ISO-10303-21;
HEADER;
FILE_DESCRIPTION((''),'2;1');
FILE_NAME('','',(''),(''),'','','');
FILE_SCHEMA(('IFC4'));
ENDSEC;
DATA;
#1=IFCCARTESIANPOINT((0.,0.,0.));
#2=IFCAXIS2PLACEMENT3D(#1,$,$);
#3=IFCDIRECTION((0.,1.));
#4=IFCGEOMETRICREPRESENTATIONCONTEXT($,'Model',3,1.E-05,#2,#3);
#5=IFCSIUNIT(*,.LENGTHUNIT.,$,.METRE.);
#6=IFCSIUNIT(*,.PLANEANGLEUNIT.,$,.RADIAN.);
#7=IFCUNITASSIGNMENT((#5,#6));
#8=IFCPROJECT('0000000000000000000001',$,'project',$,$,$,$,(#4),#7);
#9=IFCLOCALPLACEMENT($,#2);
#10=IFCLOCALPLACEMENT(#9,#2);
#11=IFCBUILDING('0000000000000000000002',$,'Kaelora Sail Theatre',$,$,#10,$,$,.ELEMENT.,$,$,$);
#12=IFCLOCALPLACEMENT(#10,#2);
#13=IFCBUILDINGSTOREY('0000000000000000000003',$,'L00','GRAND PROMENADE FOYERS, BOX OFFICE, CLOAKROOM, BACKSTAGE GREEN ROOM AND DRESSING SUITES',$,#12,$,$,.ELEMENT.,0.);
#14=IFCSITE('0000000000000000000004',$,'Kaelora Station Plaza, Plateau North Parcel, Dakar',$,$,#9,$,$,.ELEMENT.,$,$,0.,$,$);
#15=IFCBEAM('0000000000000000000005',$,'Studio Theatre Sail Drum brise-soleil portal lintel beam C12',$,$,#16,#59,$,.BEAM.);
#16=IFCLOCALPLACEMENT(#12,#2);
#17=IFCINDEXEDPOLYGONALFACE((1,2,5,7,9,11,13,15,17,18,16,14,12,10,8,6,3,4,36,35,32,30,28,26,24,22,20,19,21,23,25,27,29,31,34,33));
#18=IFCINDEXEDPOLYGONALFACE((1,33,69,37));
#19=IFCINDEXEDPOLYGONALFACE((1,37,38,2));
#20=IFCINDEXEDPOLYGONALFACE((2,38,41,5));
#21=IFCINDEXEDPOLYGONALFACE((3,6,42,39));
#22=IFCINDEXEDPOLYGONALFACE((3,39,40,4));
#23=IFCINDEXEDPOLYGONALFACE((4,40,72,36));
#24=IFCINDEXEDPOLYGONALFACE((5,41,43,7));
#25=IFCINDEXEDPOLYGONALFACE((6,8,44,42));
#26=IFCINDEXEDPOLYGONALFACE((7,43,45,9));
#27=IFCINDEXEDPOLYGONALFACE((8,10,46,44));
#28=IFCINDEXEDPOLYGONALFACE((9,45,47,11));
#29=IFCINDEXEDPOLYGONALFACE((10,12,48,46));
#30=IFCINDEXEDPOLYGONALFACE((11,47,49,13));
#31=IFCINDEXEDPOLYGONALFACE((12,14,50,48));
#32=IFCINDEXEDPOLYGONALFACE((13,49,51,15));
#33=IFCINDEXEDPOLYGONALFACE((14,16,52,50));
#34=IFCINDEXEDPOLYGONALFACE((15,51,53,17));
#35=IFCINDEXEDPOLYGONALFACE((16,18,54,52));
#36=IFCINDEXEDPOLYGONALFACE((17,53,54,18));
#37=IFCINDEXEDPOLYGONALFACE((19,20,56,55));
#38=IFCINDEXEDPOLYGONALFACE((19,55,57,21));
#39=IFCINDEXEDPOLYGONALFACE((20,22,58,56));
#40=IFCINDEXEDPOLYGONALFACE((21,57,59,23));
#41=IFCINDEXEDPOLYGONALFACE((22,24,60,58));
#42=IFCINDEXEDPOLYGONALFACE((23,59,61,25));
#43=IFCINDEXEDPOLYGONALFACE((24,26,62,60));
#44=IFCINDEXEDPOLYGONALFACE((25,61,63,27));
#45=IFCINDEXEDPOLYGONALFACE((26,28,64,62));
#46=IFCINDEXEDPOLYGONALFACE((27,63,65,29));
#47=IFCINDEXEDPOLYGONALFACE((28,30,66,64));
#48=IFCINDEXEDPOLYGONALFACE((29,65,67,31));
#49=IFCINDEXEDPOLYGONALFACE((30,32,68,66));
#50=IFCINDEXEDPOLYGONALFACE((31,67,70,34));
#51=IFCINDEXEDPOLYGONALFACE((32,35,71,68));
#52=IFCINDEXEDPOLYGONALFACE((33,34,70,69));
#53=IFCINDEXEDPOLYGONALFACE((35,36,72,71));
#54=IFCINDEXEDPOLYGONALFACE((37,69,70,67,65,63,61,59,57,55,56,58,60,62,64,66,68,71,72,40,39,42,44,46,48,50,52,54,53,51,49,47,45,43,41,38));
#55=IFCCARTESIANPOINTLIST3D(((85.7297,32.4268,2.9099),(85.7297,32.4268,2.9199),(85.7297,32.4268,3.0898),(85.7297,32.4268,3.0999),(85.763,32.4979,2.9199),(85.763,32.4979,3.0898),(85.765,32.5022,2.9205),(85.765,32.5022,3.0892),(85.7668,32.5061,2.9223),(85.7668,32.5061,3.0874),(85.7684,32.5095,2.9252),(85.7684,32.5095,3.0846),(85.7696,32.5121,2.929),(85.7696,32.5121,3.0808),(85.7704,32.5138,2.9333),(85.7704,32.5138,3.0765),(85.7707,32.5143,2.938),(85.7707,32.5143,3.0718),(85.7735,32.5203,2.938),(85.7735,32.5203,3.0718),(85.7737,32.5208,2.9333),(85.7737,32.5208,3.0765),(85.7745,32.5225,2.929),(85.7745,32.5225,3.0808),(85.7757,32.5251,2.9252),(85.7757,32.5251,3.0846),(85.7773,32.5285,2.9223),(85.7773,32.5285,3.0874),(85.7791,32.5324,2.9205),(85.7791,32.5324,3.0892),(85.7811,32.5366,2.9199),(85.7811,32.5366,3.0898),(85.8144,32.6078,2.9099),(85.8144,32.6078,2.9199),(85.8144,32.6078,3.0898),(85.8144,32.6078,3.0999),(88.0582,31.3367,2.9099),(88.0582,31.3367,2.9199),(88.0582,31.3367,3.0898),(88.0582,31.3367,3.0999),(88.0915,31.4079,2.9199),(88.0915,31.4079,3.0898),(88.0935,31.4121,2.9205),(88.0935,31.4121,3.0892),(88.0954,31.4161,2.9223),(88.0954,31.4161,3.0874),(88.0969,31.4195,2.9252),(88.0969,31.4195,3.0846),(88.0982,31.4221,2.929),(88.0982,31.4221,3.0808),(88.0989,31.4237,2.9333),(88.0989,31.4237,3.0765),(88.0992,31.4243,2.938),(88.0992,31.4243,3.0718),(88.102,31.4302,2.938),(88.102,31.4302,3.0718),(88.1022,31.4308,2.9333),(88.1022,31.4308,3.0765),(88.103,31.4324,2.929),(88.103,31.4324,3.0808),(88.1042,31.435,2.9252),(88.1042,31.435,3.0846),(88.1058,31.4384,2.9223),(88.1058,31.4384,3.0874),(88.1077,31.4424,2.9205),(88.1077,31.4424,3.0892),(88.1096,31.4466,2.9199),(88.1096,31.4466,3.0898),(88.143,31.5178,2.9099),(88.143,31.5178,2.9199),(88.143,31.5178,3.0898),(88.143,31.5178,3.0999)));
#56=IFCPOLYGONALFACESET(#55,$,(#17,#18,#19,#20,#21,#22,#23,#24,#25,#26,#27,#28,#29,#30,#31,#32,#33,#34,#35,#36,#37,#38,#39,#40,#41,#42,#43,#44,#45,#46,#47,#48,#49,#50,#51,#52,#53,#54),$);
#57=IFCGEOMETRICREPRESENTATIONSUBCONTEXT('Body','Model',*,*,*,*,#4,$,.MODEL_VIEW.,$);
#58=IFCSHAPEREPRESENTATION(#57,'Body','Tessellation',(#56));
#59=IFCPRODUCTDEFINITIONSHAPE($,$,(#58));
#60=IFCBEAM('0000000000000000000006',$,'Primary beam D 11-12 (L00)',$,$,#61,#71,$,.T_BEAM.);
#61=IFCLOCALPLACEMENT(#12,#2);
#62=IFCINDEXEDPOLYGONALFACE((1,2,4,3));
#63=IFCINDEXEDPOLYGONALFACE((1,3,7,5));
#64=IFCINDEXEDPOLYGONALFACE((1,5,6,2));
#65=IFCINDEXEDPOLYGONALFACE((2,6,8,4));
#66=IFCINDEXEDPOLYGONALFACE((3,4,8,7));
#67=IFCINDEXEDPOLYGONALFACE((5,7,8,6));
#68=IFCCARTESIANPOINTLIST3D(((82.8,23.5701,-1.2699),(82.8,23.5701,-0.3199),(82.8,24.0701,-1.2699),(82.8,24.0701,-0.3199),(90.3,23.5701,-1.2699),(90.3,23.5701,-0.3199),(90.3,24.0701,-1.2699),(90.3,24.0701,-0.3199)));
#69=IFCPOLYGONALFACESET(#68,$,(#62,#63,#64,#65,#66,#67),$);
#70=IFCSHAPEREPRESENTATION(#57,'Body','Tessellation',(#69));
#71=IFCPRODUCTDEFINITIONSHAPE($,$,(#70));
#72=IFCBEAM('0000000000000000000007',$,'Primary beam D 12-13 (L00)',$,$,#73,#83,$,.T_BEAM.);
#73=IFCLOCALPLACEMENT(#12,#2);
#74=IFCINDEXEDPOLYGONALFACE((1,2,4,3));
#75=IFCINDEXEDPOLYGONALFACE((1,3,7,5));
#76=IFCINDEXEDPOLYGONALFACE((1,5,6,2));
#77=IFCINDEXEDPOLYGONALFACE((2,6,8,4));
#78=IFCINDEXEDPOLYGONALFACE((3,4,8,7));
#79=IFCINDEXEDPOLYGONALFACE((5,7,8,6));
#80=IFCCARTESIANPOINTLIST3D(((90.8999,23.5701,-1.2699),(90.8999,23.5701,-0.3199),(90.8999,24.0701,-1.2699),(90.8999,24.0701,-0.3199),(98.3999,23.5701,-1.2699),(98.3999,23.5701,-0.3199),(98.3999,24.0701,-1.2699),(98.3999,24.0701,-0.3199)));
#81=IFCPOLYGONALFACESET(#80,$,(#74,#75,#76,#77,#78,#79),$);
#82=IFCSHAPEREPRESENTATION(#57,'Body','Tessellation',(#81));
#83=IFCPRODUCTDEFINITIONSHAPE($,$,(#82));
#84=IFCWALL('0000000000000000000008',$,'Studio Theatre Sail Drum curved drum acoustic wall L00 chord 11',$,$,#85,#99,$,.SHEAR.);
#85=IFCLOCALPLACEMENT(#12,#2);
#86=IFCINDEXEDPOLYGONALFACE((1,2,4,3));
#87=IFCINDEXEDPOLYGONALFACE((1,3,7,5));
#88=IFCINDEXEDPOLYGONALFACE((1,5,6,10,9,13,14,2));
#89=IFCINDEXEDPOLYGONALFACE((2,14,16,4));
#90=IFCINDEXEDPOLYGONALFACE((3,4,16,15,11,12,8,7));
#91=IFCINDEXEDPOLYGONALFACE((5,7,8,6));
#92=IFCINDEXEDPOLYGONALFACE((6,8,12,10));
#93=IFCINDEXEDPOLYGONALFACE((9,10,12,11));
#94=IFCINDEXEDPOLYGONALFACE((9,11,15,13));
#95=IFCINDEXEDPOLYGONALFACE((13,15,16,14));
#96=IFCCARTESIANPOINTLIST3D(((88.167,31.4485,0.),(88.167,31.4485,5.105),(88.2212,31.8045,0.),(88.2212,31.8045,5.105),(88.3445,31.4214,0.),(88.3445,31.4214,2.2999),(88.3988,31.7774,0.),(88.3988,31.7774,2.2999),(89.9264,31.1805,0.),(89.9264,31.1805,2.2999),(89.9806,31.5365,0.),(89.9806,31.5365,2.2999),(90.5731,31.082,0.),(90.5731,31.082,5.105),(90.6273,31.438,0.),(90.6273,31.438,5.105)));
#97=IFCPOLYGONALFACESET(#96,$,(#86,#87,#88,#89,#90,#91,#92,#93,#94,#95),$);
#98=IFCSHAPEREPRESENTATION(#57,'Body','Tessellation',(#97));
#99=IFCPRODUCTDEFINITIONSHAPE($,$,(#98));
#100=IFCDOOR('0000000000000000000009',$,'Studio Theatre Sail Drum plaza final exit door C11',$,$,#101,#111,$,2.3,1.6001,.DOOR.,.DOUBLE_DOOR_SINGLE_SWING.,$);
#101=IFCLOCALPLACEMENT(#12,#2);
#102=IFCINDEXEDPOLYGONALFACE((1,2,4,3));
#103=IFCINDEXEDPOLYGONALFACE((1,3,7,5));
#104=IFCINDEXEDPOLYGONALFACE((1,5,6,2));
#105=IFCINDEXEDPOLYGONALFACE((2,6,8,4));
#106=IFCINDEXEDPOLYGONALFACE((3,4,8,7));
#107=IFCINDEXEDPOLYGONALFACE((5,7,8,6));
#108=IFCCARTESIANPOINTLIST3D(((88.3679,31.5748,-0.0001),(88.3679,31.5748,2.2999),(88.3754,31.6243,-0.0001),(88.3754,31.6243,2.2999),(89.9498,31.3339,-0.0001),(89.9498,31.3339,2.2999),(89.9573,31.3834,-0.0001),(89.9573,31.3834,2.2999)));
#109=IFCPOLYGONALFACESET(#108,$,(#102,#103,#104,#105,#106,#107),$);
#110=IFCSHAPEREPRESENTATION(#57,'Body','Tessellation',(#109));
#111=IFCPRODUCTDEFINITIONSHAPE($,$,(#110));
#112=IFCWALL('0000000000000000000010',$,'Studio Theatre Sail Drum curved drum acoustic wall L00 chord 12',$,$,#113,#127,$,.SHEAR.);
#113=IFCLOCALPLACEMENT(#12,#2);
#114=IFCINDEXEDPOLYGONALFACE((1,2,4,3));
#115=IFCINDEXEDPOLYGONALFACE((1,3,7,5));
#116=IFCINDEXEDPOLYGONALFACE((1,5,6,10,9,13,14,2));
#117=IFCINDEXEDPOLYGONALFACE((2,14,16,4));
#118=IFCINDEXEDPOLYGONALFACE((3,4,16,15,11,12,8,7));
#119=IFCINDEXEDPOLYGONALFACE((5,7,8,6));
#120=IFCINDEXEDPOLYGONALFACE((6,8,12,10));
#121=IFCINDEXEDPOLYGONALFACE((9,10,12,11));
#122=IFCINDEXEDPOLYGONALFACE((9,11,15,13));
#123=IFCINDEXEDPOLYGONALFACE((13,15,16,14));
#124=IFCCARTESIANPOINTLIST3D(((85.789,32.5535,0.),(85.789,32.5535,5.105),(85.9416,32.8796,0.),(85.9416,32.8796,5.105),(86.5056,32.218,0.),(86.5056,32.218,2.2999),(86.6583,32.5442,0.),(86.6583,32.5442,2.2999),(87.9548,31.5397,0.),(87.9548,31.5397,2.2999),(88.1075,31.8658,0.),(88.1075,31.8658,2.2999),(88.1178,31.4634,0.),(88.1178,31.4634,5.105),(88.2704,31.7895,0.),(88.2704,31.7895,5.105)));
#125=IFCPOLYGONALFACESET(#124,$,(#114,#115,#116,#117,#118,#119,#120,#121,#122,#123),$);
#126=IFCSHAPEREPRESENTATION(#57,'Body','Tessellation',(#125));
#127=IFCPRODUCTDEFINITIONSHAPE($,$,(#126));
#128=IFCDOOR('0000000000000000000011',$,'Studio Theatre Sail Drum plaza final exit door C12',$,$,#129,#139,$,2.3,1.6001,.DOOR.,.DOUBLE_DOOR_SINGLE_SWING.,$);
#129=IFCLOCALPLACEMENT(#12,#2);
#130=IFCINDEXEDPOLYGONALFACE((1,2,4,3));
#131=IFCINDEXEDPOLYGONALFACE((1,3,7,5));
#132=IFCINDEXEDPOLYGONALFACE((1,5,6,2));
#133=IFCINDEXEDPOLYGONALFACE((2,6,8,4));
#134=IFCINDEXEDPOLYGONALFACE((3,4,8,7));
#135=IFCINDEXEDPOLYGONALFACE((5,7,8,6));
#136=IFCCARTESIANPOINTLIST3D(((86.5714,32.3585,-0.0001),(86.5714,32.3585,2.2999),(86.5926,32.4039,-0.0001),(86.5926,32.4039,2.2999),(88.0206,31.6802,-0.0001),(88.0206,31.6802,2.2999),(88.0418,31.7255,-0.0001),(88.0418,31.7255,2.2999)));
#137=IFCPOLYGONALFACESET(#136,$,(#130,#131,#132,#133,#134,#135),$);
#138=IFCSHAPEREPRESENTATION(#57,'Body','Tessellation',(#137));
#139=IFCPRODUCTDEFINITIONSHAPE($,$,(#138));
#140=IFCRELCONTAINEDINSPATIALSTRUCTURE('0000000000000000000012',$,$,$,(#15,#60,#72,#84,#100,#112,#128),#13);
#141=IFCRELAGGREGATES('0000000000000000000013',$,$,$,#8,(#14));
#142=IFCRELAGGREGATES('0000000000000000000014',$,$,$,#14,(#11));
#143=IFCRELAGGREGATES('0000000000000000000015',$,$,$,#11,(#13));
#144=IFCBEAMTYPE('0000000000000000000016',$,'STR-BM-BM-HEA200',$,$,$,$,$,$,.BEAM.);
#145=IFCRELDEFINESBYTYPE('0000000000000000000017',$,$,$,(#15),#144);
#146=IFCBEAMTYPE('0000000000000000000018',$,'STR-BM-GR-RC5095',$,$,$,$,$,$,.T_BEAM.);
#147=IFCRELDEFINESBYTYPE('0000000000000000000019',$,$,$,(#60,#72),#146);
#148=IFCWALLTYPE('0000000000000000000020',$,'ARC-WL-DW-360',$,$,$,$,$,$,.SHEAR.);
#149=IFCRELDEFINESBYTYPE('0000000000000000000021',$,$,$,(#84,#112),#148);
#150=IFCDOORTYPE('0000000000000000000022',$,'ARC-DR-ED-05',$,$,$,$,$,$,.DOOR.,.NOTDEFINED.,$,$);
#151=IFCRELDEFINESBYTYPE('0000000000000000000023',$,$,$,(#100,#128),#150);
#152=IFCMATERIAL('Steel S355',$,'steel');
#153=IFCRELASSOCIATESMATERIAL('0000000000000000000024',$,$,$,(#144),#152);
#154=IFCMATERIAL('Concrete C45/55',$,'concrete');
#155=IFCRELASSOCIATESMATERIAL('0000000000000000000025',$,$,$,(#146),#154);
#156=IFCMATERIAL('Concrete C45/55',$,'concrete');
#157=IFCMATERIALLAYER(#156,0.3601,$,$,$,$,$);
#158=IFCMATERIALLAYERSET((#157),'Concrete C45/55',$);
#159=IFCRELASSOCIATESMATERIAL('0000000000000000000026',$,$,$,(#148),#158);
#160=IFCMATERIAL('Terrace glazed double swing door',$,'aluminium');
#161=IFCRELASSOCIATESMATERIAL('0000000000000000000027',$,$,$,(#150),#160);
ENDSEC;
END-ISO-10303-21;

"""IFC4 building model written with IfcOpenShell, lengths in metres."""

from ifc_helpers import new_model, si_unit, direction, frame, frame_2d, origin, origin_2d, place, context, subcontext, project, spatial, rectangle, i_section, extrude, material, layer, layer_set, material_profile, profile_set, type_object, element, fill, save


model = new_model("IFC4")

# Units and contexts
model_context = context("Model", 3, precision=1e-05, world=origin(), true_north=direction((0.0, 1.0)))
body_context = subcontext(model_context, "Body", "Model", "MODEL_VIEW")
ifc_project = project(units=[si_unit("LENGTHUNIT", "METRE"), si_unit("PLANEANGLEUNIT", "RADIAN")], contexts=[model_context])

# Site, building, storey
site_placement = place(None, origin())
site = spatial("IfcSite", under=ifc_project, at=site_placement, Name="Kaelora Station Plaza, Plateau North Parcel, Dakar", CompositionType="ELEMENT", RefElevation=0.0)
building_placement = place(site_placement, origin())
building = spatial("IfcBuilding", under=site, at=building_placement, Name="Kaelora Sail Theatre", CompositionType="ELEMENT")
storey_placement = place(building_placement, origin())
storey = spatial("IfcBuildingStorey", under=building, at=storey_placement, Name="L00", Description="GRAND PROMENADE FOYERS, BOX OFFICE, CLOAKROOM, BACKSTAGE GREEN ROOM AND DRESSING SUITES", CompositionType="ELEMENT", Elevation=0.0)

# Beams
ifc_material_1 = material(Name="Steel S355", Category="steel")
ifc_material_profile_1 = material_profile(ifc_material_1, i_section(OverallWidth=0.2, OverallDepth=0.1899, WebThickness=0.0066, FlangeThickness=0.01, FilletRadius=0.0181, at=origin_2d()), Name="HEA 200")
ifc_profile_set_1 = profile_set([ifc_material_profile_1], Name="Steel S355")
beam_type_1 = type_object("IfcBeamType", Name="STR-BM-BM-HEA200", PredefinedType="BEAM", material=ifc_profile_set_1)
beam_1_placement = place(storey_placement, frame((88.1006, 31.4272, 3.0049), z_axis=(-0.905675, 0.423972, 0.0), x_axis=(-0.423972, -0.905675, 0.0)))
element("IfcBeam", 1, at=beam_1_placement, inside=storey, type_object=beam_type_1, Name="Studio Theatre Sail Drum brise-soleil portal lintel beam C12", PredefinedType="BEAM", context=body_context, shape_type="SweptSolid", body=[
    extrude(i_section(OverallWidth=0.2, OverallDepth=0.1899, WebThickness=0.0066, FlangeThickness=0.01, FilletRadius=0.0181, at=origin_2d()), origin(), (0.0, 0.0, 1.0), 2.571),
])
ifc_material_2 = material(Name="Concrete C45/55", Category="concrete")
ifc_material_profile_2 = material_profile(ifc_material_2, rectangle(XDim=0.5, YDim=0.95, at=origin_2d()), Name="RC-GRD 500x950")
ifc_profile_set_2 = profile_set([ifc_material_profile_2], Name="Concrete C45/55")
beam_type_2 = type_object("IfcBeamType", Name="STR-BM-GR-RC5095", PredefinedType="T_BEAM", material=ifc_profile_set_2)
for number, where, z_axis, x_axis, name in (
    (2, (82.8, 23.8201, -0.7949), (1.0, 0.0, 0.0), (0.0, 1.0, 0.0), "Primary beam D 11-12 (L00)"),
    (3, (90.8999, 23.8201, -0.7949), (1.0, 0.0, 0.0), (0.0, 1.0, 0.0), "Primary beam D 12-13 (L00)"),
):
    element("IfcBeam", number, at=place(storey_placement, frame(where, z_axis=z_axis, x_axis=x_axis)), inside=storey, type_object=beam_type_2, Name=name, PredefinedType="T_BEAM", context=body_context, shape_type="SweptSolid", body=[
        extrude(rectangle(XDim=0.5, YDim=0.95, at=origin_2d()), origin(), (0.0, 0.0, 1.0), 7.5),
    ])

# Walls, openings, doors
ifc_material_3 = material(Name="Concrete C45/55", Category="concrete")
ifc_layer = layer(ifc_material_3, 0.3601)
ifc_layer_set = layer_set([ifc_layer], Name="Concrete C45/55")
wall_type = type_object("IfcWallType", Name="ARC-WL-DW-360", PredefinedType="SHEAR", material=ifc_layer_set)
wall_1_placement = place(storey_placement, frame((90.6001, 31.26, 0.0), z_axis=(0.0, 0.0, 1.0), x_axis=(-0.988599, 0.150572, 0.0)))
wall_1 = element("IfcWall", 4, at=wall_1_placement, inside=storey, type_object=wall_type, Name="Studio Theatre Sail Drum curved drum acoustic wall L00 chord 11", PredefinedType="SHEAR", context=body_context, shape_type="SweptSolid", body=[
    extrude(rectangle(XDim=2.4338, YDim=0.3601, at=frame_2d((1.2168, 0.0))), origin(), (0.0, 0.0, 1.0), 5.105),
])
opening_1_placement = place(wall_1_placement, frame((0.6541, 0.0, 0.0)))
opening_1 = element("IfcOpeningElement", 5, at=opening_1_placement, cuts=wall_1, PredefinedType="OPENING", context=body_context, shape_type="SweptSolid", body=[
    extrude(rectangle(XDim=1.6001, YDim=2.3, at=frame_2d((0.8, 1.1499))), frame((0.0, 0.1902, 0.0), z_axis=(0.0, -1.0, 0.0), x_axis=(1.0, 0.0, 0.0)), (0.0, 0.0, 1.0), 0.3801),
])
ifc_material_4 = material(Name="Terrace glazed double swing door", Category="aluminium")
door_type = type_object("IfcDoorType", Name="ARC-DR-ED-05", OperationType="NOTDEFINED", PredefinedType="DOOR", material=ifc_material_4)
door_1_placement = place(opening_1_placement, origin())
door_1 = element("IfcDoor", 6, at=door_1_placement, inside=storey, type_object=door_type, Name="Studio Theatre Sail Drum plaza final exit door C11", OperationType="DOUBLE_DOOR_SINGLE_SWING", OverallHeight=2.3, OverallWidth=1.6001, PredefinedType="DOOR", context=body_context, shape_type="SweptSolid", body=[
    extrude(rectangle(XDim=1.6001, YDim=2.3, at=frame_2d((0.8, 1.1499))), frame((0.0, 0.0249, 0.0), z_axis=(0.0, -1.0, 0.0), x_axis=(1.0, 0.0, 0.0)), (0.0, 0.0, 1.0), 0.05),
])
fill(opening_1, door_1)
wall_2_placement = place(storey_placement, frame((88.1941, 31.6265, 0.0), z_axis=(0.0, 0.0, 1.0), x_axis=(-0.905693, 0.423935, 0.0)))
wall_2 = element("IfcWall", 7, at=wall_2_placement, inside=storey, type_object=wall_type, Name="Studio Theatre Sail Drum curved drum acoustic wall L00 chord 12", PredefinedType="SHEAR", context=body_context, shape_type="SweptSolid", body=[
    extrude(rectangle(XDim=2.5713, YDim=0.3601, at=frame_2d((1.2856, 0.0))), origin(), (0.0, 0.0, 1.0), 5.105),
])
opening_2_placement = place(wall_2_placement, frame((0.1799, 0.0, 0.0)))
opening_2 = element("IfcOpeningElement", 8, at=opening_2_placement, cuts=wall_2, PredefinedType="OPENING", context=body_context, shape_type="SweptSolid", body=[
    extrude(rectangle(XDim=1.6001, YDim=2.3, at=frame_2d((0.8, 1.1499))), frame((0.0, 0.1902, 0.0), z_axis=(0.0, -1.0, 0.0), x_axis=(1.0, 0.0, 0.0)), (0.0, 0.0, 1.0), 0.3801),
])
door_2_placement = place(opening_2_placement, origin())
door_2 = element("IfcDoor", 9, at=door_2_placement, inside=storey, type_object=door_type, Name="Studio Theatre Sail Drum plaza final exit door C12", OperationType="DOUBLE_DOOR_SINGLE_SWING", OverallHeight=2.3, OverallWidth=1.6001, PredefinedType="DOOR", context=body_context, shape_type="SweptSolid", body=[
    extrude(rectangle(XDim=1.6001, YDim=2.3, at=frame_2d((0.8, 1.1499))), frame((0.0, 0.0249, 0.0), z_axis=(0.0, -1.0, 0.0), x_axis=(1.0, 0.0, 0.0)), (0.0, 0.0, 1.0), 0.05),
])
fill(opening_2, door_2)

save(model, "model.ifc")
